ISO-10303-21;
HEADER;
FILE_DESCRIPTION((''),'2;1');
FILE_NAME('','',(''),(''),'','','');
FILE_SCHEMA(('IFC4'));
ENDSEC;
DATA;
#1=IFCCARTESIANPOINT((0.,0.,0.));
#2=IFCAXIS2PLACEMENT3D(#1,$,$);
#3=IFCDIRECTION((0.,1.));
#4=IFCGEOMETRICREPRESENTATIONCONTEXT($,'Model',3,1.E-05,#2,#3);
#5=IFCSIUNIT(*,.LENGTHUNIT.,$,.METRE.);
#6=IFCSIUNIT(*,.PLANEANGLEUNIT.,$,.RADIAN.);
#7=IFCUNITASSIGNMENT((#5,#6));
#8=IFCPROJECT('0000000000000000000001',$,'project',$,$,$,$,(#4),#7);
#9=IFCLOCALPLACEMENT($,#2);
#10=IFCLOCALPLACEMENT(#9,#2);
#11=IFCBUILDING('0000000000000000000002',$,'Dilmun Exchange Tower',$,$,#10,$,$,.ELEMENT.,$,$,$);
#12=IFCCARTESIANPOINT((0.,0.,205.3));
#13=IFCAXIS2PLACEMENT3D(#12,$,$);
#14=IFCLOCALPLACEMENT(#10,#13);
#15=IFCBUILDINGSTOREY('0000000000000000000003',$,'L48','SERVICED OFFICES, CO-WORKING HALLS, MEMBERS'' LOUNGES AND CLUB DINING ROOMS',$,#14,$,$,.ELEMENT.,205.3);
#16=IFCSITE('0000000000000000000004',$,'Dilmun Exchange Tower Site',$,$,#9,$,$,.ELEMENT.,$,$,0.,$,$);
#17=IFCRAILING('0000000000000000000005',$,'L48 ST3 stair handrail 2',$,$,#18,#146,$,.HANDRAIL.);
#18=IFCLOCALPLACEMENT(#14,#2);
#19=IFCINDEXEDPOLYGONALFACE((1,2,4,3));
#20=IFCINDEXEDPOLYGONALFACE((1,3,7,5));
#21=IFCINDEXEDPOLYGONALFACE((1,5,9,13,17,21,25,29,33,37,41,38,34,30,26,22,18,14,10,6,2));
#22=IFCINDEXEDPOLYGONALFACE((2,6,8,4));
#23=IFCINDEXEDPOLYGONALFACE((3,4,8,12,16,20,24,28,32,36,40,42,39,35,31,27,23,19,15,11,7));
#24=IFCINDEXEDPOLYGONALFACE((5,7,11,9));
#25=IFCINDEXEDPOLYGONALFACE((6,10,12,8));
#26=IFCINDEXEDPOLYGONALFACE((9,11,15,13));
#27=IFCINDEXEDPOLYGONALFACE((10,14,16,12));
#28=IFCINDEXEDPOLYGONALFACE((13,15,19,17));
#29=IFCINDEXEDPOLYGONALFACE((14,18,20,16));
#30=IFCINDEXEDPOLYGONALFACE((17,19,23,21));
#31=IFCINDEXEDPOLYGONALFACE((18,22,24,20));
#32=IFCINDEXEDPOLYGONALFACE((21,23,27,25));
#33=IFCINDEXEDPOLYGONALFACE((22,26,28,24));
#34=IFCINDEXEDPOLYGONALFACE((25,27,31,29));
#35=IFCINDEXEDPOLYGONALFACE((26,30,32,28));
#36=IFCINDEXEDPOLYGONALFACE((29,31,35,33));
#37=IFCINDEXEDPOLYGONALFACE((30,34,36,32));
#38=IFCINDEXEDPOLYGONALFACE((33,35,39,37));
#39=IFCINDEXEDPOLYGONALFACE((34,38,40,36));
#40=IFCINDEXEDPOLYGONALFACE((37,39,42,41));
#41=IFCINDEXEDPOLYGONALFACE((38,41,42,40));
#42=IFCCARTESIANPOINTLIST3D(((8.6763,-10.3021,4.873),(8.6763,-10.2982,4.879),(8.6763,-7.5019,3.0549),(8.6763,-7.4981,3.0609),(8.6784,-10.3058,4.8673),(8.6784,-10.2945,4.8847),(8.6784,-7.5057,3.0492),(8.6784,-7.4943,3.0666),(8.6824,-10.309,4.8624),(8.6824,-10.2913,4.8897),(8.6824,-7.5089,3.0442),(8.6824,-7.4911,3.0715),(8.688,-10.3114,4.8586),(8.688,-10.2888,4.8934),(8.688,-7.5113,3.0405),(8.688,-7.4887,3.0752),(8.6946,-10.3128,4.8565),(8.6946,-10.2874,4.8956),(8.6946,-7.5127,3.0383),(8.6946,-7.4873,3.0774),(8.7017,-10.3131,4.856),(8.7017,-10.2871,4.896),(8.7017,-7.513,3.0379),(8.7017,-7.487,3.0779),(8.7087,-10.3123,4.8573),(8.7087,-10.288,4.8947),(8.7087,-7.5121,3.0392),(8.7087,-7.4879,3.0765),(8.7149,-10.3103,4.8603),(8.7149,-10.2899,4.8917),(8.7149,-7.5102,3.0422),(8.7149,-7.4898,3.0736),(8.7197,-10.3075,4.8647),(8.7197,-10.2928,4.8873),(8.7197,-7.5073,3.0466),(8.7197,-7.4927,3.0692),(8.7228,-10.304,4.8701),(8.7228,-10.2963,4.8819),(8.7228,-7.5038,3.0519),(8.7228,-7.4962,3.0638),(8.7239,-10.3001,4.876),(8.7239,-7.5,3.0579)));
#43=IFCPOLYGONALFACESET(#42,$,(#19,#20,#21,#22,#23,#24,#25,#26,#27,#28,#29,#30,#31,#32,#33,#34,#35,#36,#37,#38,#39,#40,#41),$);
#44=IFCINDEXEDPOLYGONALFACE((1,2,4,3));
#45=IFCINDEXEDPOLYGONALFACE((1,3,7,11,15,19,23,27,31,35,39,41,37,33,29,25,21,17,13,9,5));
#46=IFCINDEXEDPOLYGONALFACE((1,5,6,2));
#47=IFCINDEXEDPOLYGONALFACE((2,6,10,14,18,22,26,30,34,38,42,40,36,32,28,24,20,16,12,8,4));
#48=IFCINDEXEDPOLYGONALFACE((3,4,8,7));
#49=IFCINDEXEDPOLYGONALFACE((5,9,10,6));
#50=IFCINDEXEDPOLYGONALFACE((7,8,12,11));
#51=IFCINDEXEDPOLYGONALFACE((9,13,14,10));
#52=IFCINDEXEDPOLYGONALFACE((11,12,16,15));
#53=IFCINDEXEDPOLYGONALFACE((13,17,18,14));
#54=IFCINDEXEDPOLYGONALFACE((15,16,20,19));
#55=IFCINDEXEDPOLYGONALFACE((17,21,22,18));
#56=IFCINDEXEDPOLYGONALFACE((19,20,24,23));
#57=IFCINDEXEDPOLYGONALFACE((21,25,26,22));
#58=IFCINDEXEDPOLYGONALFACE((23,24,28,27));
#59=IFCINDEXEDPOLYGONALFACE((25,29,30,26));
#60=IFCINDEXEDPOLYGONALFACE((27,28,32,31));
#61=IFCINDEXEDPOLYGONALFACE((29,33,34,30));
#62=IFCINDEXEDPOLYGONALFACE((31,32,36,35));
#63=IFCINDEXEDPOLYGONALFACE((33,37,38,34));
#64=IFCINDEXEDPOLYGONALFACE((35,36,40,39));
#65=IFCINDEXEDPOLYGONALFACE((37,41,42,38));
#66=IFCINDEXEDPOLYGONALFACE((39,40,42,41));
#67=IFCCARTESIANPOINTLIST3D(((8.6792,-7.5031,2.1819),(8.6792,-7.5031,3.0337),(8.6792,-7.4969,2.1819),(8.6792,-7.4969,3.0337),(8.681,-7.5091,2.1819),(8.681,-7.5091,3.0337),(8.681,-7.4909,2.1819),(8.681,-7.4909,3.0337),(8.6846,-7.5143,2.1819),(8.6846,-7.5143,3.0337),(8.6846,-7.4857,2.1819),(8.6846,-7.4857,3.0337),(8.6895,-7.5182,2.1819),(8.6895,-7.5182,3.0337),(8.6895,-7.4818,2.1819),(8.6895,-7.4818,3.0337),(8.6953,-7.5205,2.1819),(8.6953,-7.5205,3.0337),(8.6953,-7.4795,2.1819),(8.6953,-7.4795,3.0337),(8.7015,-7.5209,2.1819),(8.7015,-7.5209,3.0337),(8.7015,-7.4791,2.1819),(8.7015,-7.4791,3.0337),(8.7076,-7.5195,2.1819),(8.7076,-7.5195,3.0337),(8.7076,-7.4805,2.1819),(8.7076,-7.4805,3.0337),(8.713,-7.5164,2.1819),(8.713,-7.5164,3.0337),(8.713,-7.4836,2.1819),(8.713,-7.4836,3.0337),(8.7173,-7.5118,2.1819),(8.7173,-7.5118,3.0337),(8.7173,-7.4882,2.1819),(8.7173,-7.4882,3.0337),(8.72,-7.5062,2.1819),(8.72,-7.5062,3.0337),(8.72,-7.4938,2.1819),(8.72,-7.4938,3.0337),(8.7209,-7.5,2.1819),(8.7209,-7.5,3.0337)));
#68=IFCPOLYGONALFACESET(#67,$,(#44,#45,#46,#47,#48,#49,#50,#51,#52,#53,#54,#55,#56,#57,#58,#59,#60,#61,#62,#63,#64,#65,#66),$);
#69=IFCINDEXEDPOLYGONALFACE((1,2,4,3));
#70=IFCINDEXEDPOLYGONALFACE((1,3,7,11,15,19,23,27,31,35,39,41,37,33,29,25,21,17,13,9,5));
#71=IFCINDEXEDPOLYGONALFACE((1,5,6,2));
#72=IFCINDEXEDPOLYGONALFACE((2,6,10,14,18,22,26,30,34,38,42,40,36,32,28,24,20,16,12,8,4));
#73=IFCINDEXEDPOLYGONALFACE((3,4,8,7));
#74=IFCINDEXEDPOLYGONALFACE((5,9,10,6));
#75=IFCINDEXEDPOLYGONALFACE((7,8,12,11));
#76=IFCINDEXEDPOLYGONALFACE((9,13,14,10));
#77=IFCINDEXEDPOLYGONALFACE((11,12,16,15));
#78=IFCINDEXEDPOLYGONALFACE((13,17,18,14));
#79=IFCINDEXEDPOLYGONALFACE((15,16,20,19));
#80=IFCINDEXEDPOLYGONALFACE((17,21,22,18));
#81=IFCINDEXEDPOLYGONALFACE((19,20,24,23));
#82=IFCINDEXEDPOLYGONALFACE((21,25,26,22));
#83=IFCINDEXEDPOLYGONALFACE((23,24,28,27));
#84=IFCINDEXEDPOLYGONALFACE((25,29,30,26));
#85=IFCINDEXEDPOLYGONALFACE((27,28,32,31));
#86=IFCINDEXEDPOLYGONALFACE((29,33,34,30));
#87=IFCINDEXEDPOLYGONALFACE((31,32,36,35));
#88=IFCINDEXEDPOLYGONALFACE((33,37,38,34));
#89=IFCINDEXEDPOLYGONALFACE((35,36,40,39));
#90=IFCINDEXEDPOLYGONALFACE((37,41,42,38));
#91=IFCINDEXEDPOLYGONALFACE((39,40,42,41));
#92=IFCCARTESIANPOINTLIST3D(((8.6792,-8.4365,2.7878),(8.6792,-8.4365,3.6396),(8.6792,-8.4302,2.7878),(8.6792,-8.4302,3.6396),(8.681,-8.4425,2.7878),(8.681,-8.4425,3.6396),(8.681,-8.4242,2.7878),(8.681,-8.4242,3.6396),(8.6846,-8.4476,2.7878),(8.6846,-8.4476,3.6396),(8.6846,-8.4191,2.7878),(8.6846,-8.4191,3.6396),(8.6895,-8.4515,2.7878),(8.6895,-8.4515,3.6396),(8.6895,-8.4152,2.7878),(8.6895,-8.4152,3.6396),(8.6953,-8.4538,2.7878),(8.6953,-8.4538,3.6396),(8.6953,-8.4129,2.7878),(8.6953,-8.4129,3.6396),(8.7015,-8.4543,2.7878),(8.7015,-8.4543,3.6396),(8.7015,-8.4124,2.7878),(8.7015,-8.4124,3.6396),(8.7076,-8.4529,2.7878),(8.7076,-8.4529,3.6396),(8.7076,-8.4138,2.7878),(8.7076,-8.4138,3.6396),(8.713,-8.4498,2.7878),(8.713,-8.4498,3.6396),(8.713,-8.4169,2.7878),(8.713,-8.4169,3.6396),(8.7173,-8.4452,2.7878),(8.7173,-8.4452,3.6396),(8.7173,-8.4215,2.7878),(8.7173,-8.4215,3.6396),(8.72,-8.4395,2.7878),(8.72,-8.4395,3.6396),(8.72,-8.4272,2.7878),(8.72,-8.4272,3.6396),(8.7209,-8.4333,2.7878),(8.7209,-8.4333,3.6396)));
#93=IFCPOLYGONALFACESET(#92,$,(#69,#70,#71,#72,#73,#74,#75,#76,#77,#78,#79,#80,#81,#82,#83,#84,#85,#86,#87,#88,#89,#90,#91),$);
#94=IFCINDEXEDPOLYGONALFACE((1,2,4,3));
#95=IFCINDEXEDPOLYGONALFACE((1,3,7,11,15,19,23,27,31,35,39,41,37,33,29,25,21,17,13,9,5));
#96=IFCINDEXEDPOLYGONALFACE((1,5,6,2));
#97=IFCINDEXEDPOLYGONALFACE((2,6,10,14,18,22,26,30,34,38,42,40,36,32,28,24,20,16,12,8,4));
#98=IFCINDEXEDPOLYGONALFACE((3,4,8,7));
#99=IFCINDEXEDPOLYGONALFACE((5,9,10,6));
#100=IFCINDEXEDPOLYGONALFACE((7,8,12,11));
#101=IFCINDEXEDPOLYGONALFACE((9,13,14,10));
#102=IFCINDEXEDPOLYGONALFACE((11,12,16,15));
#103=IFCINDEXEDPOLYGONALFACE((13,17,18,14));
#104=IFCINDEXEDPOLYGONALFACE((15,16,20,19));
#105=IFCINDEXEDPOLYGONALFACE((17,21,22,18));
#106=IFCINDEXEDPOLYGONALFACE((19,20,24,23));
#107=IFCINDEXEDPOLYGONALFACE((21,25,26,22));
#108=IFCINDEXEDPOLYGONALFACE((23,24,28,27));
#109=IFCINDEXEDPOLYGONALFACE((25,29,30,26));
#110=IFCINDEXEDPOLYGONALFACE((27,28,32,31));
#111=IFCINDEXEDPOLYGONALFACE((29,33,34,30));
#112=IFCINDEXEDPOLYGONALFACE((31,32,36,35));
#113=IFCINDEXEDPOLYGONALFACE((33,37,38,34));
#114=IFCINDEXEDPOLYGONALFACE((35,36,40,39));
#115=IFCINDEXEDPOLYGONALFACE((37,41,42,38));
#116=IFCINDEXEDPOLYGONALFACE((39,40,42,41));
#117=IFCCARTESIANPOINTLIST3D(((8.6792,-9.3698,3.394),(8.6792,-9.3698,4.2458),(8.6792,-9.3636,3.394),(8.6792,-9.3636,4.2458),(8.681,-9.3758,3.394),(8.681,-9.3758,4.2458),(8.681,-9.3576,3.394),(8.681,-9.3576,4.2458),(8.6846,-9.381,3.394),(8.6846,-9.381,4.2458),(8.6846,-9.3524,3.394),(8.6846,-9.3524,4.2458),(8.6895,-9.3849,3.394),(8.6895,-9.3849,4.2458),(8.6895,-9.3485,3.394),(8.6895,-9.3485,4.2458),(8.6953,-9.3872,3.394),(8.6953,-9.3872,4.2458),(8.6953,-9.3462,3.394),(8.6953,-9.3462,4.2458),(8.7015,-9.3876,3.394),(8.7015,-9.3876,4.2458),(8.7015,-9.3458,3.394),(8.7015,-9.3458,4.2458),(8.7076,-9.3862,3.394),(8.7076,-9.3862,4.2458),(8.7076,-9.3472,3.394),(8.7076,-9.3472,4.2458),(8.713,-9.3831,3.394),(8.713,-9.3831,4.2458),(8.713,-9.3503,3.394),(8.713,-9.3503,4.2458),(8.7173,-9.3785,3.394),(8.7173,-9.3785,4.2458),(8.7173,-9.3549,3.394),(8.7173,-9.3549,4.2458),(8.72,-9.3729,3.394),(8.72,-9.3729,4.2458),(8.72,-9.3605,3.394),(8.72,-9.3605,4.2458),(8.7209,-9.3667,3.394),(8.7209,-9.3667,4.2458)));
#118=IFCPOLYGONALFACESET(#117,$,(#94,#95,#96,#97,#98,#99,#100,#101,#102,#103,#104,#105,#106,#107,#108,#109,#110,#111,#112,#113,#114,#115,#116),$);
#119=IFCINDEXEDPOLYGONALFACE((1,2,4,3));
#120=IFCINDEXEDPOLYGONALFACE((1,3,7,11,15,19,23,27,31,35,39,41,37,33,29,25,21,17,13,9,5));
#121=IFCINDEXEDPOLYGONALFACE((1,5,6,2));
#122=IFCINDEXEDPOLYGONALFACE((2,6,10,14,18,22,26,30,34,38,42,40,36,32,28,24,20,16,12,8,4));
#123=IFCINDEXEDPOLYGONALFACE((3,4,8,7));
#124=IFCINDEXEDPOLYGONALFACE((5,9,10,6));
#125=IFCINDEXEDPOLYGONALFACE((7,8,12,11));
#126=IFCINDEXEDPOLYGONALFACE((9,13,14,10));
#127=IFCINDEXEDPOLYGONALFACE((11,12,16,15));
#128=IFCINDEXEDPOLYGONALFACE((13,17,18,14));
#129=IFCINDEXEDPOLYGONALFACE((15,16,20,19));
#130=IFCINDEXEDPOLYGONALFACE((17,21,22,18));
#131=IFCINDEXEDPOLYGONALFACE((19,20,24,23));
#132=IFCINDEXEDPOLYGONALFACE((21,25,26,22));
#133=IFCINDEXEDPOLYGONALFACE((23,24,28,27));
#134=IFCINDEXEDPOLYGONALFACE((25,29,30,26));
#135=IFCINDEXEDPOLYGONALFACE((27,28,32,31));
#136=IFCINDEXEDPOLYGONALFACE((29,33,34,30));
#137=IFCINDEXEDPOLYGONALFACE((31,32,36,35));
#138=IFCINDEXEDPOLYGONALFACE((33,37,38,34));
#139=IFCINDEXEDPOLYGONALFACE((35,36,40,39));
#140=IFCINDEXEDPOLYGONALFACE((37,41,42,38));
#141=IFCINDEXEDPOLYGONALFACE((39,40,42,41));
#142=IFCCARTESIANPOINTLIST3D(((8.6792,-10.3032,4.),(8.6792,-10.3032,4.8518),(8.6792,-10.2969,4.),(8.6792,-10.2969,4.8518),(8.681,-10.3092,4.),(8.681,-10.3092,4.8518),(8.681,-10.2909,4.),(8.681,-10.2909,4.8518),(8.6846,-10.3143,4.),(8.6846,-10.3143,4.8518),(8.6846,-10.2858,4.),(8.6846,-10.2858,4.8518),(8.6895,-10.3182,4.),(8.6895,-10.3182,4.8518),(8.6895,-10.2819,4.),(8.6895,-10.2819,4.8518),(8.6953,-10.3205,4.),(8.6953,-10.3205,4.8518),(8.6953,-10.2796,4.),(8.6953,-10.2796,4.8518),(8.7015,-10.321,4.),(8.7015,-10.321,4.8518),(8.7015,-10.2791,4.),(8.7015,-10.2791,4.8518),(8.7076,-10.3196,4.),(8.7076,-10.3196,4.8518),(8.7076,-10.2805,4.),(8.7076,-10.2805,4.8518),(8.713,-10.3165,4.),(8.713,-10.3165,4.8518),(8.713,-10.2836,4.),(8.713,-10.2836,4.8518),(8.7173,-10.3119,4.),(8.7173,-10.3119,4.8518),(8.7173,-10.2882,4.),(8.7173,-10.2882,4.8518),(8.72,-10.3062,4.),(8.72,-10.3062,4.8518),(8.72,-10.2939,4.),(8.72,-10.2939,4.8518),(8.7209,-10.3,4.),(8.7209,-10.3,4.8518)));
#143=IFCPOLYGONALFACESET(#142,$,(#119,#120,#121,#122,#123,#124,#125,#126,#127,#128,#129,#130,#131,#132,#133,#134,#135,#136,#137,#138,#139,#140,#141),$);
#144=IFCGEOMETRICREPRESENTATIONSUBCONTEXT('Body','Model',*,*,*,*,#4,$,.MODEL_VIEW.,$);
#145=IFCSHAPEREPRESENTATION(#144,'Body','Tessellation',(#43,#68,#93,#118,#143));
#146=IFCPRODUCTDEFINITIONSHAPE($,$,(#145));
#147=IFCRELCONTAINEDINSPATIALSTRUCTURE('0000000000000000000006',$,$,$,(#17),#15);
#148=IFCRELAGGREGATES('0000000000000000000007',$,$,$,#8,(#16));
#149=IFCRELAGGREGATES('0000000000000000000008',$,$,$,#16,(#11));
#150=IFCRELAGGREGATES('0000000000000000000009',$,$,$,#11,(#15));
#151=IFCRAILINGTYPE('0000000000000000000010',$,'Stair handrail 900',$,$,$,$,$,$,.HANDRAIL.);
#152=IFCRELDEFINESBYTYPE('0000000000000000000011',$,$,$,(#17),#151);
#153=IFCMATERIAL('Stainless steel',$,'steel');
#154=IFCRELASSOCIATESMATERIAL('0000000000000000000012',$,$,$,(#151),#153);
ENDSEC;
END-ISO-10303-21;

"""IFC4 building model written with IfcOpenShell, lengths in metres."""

from ifc_helpers import new_model, si_unit, direction, frame, origin, origin_2d, place, context, subcontext, project, spatial, circle, extrude, material, type_object, element, save


model = new_model("IFC4")

# Units and contexts
model_context = context("Model", 3, precision=1e-05, world=origin(), true_north=direction((0.0, 1.0)))
body_context = subcontext(model_context, "Body", "Model", "MODEL_VIEW")
ifc_project = project(units=[si_unit("LENGTHUNIT", "METRE"), si_unit("PLANEANGLEUNIT", "RADIAN")], contexts=[model_context])

# Site, building, storey
site_placement = place(None, origin())
site = spatial("IfcSite", under=ifc_project, at=site_placement, Name="Dilmun Exchange Tower Site", CompositionType="ELEMENT", RefElevation=0.0)
building_placement = place(site_placement, origin())
building = spatial("IfcBuilding", under=site, at=building_placement, Name="Dilmun Exchange Tower", CompositionType="ELEMENT")
storey_placement = place(building_placement, frame((0.0, 0.0, 205.3)))
storey = spatial("IfcBuildingStorey", under=building, at=storey_placement, Name="L48", Description="SERVICED OFFICES, CO-WORKING HALLS, MEMBERS' LOUNGES AND CLUB DINING ROOMS", CompositionType="ELEMENT", Elevation=205.3)

# Railing
ifc_material_1 = material(Name="Stainless steel", Category="steel")
railing_type = type_object("IfcRailingType", Name="Stair handrail 900", PredefinedType="HANDRAIL", material=ifc_material_1)
railing_1_placement = place(storey_placement, frame((8.7, -7.5, 2.1819)))
element("IfcRailing", 1, at=railing_1_placement, inside=storey, type_object=railing_type, Name="L48 ST3 stair handrail 2", PredefinedType="HANDRAIL", context=body_context, shape_type="SweptSolid", body=[
    extrude(circle(Radius=0.0239, at=origin_2d()), frame((0.0, 0.0, 0.876), z_axis=(0.0, -0.838706, 0.544585), x_axis=(1.0, 0.0, 0.0)), (0.0, 0.0, 1.0), 3.3386),
    extrude(circle(Radius=0.021, at=origin_2d()), origin(), (0.0, 0.0, 1.0), 0.8518),
    extrude(circle(Radius=0.021, at=origin_2d()), frame((0.0, -0.9333, 0.606)), (0.0, 0.0, 1.0), 0.8518),
    extrude(circle(Radius=0.021, at=origin_2d()), frame((0.0, -1.8667, 1.2122)), (0.0, 0.0, 1.0), 0.8518),
    extrude(circle(Radius=0.021, at=origin_2d()), frame((0.0, -2.8, 1.8181)), (0.0, 0.0, 1.0), 0.8518),
])

save(model, "model.ifc")
